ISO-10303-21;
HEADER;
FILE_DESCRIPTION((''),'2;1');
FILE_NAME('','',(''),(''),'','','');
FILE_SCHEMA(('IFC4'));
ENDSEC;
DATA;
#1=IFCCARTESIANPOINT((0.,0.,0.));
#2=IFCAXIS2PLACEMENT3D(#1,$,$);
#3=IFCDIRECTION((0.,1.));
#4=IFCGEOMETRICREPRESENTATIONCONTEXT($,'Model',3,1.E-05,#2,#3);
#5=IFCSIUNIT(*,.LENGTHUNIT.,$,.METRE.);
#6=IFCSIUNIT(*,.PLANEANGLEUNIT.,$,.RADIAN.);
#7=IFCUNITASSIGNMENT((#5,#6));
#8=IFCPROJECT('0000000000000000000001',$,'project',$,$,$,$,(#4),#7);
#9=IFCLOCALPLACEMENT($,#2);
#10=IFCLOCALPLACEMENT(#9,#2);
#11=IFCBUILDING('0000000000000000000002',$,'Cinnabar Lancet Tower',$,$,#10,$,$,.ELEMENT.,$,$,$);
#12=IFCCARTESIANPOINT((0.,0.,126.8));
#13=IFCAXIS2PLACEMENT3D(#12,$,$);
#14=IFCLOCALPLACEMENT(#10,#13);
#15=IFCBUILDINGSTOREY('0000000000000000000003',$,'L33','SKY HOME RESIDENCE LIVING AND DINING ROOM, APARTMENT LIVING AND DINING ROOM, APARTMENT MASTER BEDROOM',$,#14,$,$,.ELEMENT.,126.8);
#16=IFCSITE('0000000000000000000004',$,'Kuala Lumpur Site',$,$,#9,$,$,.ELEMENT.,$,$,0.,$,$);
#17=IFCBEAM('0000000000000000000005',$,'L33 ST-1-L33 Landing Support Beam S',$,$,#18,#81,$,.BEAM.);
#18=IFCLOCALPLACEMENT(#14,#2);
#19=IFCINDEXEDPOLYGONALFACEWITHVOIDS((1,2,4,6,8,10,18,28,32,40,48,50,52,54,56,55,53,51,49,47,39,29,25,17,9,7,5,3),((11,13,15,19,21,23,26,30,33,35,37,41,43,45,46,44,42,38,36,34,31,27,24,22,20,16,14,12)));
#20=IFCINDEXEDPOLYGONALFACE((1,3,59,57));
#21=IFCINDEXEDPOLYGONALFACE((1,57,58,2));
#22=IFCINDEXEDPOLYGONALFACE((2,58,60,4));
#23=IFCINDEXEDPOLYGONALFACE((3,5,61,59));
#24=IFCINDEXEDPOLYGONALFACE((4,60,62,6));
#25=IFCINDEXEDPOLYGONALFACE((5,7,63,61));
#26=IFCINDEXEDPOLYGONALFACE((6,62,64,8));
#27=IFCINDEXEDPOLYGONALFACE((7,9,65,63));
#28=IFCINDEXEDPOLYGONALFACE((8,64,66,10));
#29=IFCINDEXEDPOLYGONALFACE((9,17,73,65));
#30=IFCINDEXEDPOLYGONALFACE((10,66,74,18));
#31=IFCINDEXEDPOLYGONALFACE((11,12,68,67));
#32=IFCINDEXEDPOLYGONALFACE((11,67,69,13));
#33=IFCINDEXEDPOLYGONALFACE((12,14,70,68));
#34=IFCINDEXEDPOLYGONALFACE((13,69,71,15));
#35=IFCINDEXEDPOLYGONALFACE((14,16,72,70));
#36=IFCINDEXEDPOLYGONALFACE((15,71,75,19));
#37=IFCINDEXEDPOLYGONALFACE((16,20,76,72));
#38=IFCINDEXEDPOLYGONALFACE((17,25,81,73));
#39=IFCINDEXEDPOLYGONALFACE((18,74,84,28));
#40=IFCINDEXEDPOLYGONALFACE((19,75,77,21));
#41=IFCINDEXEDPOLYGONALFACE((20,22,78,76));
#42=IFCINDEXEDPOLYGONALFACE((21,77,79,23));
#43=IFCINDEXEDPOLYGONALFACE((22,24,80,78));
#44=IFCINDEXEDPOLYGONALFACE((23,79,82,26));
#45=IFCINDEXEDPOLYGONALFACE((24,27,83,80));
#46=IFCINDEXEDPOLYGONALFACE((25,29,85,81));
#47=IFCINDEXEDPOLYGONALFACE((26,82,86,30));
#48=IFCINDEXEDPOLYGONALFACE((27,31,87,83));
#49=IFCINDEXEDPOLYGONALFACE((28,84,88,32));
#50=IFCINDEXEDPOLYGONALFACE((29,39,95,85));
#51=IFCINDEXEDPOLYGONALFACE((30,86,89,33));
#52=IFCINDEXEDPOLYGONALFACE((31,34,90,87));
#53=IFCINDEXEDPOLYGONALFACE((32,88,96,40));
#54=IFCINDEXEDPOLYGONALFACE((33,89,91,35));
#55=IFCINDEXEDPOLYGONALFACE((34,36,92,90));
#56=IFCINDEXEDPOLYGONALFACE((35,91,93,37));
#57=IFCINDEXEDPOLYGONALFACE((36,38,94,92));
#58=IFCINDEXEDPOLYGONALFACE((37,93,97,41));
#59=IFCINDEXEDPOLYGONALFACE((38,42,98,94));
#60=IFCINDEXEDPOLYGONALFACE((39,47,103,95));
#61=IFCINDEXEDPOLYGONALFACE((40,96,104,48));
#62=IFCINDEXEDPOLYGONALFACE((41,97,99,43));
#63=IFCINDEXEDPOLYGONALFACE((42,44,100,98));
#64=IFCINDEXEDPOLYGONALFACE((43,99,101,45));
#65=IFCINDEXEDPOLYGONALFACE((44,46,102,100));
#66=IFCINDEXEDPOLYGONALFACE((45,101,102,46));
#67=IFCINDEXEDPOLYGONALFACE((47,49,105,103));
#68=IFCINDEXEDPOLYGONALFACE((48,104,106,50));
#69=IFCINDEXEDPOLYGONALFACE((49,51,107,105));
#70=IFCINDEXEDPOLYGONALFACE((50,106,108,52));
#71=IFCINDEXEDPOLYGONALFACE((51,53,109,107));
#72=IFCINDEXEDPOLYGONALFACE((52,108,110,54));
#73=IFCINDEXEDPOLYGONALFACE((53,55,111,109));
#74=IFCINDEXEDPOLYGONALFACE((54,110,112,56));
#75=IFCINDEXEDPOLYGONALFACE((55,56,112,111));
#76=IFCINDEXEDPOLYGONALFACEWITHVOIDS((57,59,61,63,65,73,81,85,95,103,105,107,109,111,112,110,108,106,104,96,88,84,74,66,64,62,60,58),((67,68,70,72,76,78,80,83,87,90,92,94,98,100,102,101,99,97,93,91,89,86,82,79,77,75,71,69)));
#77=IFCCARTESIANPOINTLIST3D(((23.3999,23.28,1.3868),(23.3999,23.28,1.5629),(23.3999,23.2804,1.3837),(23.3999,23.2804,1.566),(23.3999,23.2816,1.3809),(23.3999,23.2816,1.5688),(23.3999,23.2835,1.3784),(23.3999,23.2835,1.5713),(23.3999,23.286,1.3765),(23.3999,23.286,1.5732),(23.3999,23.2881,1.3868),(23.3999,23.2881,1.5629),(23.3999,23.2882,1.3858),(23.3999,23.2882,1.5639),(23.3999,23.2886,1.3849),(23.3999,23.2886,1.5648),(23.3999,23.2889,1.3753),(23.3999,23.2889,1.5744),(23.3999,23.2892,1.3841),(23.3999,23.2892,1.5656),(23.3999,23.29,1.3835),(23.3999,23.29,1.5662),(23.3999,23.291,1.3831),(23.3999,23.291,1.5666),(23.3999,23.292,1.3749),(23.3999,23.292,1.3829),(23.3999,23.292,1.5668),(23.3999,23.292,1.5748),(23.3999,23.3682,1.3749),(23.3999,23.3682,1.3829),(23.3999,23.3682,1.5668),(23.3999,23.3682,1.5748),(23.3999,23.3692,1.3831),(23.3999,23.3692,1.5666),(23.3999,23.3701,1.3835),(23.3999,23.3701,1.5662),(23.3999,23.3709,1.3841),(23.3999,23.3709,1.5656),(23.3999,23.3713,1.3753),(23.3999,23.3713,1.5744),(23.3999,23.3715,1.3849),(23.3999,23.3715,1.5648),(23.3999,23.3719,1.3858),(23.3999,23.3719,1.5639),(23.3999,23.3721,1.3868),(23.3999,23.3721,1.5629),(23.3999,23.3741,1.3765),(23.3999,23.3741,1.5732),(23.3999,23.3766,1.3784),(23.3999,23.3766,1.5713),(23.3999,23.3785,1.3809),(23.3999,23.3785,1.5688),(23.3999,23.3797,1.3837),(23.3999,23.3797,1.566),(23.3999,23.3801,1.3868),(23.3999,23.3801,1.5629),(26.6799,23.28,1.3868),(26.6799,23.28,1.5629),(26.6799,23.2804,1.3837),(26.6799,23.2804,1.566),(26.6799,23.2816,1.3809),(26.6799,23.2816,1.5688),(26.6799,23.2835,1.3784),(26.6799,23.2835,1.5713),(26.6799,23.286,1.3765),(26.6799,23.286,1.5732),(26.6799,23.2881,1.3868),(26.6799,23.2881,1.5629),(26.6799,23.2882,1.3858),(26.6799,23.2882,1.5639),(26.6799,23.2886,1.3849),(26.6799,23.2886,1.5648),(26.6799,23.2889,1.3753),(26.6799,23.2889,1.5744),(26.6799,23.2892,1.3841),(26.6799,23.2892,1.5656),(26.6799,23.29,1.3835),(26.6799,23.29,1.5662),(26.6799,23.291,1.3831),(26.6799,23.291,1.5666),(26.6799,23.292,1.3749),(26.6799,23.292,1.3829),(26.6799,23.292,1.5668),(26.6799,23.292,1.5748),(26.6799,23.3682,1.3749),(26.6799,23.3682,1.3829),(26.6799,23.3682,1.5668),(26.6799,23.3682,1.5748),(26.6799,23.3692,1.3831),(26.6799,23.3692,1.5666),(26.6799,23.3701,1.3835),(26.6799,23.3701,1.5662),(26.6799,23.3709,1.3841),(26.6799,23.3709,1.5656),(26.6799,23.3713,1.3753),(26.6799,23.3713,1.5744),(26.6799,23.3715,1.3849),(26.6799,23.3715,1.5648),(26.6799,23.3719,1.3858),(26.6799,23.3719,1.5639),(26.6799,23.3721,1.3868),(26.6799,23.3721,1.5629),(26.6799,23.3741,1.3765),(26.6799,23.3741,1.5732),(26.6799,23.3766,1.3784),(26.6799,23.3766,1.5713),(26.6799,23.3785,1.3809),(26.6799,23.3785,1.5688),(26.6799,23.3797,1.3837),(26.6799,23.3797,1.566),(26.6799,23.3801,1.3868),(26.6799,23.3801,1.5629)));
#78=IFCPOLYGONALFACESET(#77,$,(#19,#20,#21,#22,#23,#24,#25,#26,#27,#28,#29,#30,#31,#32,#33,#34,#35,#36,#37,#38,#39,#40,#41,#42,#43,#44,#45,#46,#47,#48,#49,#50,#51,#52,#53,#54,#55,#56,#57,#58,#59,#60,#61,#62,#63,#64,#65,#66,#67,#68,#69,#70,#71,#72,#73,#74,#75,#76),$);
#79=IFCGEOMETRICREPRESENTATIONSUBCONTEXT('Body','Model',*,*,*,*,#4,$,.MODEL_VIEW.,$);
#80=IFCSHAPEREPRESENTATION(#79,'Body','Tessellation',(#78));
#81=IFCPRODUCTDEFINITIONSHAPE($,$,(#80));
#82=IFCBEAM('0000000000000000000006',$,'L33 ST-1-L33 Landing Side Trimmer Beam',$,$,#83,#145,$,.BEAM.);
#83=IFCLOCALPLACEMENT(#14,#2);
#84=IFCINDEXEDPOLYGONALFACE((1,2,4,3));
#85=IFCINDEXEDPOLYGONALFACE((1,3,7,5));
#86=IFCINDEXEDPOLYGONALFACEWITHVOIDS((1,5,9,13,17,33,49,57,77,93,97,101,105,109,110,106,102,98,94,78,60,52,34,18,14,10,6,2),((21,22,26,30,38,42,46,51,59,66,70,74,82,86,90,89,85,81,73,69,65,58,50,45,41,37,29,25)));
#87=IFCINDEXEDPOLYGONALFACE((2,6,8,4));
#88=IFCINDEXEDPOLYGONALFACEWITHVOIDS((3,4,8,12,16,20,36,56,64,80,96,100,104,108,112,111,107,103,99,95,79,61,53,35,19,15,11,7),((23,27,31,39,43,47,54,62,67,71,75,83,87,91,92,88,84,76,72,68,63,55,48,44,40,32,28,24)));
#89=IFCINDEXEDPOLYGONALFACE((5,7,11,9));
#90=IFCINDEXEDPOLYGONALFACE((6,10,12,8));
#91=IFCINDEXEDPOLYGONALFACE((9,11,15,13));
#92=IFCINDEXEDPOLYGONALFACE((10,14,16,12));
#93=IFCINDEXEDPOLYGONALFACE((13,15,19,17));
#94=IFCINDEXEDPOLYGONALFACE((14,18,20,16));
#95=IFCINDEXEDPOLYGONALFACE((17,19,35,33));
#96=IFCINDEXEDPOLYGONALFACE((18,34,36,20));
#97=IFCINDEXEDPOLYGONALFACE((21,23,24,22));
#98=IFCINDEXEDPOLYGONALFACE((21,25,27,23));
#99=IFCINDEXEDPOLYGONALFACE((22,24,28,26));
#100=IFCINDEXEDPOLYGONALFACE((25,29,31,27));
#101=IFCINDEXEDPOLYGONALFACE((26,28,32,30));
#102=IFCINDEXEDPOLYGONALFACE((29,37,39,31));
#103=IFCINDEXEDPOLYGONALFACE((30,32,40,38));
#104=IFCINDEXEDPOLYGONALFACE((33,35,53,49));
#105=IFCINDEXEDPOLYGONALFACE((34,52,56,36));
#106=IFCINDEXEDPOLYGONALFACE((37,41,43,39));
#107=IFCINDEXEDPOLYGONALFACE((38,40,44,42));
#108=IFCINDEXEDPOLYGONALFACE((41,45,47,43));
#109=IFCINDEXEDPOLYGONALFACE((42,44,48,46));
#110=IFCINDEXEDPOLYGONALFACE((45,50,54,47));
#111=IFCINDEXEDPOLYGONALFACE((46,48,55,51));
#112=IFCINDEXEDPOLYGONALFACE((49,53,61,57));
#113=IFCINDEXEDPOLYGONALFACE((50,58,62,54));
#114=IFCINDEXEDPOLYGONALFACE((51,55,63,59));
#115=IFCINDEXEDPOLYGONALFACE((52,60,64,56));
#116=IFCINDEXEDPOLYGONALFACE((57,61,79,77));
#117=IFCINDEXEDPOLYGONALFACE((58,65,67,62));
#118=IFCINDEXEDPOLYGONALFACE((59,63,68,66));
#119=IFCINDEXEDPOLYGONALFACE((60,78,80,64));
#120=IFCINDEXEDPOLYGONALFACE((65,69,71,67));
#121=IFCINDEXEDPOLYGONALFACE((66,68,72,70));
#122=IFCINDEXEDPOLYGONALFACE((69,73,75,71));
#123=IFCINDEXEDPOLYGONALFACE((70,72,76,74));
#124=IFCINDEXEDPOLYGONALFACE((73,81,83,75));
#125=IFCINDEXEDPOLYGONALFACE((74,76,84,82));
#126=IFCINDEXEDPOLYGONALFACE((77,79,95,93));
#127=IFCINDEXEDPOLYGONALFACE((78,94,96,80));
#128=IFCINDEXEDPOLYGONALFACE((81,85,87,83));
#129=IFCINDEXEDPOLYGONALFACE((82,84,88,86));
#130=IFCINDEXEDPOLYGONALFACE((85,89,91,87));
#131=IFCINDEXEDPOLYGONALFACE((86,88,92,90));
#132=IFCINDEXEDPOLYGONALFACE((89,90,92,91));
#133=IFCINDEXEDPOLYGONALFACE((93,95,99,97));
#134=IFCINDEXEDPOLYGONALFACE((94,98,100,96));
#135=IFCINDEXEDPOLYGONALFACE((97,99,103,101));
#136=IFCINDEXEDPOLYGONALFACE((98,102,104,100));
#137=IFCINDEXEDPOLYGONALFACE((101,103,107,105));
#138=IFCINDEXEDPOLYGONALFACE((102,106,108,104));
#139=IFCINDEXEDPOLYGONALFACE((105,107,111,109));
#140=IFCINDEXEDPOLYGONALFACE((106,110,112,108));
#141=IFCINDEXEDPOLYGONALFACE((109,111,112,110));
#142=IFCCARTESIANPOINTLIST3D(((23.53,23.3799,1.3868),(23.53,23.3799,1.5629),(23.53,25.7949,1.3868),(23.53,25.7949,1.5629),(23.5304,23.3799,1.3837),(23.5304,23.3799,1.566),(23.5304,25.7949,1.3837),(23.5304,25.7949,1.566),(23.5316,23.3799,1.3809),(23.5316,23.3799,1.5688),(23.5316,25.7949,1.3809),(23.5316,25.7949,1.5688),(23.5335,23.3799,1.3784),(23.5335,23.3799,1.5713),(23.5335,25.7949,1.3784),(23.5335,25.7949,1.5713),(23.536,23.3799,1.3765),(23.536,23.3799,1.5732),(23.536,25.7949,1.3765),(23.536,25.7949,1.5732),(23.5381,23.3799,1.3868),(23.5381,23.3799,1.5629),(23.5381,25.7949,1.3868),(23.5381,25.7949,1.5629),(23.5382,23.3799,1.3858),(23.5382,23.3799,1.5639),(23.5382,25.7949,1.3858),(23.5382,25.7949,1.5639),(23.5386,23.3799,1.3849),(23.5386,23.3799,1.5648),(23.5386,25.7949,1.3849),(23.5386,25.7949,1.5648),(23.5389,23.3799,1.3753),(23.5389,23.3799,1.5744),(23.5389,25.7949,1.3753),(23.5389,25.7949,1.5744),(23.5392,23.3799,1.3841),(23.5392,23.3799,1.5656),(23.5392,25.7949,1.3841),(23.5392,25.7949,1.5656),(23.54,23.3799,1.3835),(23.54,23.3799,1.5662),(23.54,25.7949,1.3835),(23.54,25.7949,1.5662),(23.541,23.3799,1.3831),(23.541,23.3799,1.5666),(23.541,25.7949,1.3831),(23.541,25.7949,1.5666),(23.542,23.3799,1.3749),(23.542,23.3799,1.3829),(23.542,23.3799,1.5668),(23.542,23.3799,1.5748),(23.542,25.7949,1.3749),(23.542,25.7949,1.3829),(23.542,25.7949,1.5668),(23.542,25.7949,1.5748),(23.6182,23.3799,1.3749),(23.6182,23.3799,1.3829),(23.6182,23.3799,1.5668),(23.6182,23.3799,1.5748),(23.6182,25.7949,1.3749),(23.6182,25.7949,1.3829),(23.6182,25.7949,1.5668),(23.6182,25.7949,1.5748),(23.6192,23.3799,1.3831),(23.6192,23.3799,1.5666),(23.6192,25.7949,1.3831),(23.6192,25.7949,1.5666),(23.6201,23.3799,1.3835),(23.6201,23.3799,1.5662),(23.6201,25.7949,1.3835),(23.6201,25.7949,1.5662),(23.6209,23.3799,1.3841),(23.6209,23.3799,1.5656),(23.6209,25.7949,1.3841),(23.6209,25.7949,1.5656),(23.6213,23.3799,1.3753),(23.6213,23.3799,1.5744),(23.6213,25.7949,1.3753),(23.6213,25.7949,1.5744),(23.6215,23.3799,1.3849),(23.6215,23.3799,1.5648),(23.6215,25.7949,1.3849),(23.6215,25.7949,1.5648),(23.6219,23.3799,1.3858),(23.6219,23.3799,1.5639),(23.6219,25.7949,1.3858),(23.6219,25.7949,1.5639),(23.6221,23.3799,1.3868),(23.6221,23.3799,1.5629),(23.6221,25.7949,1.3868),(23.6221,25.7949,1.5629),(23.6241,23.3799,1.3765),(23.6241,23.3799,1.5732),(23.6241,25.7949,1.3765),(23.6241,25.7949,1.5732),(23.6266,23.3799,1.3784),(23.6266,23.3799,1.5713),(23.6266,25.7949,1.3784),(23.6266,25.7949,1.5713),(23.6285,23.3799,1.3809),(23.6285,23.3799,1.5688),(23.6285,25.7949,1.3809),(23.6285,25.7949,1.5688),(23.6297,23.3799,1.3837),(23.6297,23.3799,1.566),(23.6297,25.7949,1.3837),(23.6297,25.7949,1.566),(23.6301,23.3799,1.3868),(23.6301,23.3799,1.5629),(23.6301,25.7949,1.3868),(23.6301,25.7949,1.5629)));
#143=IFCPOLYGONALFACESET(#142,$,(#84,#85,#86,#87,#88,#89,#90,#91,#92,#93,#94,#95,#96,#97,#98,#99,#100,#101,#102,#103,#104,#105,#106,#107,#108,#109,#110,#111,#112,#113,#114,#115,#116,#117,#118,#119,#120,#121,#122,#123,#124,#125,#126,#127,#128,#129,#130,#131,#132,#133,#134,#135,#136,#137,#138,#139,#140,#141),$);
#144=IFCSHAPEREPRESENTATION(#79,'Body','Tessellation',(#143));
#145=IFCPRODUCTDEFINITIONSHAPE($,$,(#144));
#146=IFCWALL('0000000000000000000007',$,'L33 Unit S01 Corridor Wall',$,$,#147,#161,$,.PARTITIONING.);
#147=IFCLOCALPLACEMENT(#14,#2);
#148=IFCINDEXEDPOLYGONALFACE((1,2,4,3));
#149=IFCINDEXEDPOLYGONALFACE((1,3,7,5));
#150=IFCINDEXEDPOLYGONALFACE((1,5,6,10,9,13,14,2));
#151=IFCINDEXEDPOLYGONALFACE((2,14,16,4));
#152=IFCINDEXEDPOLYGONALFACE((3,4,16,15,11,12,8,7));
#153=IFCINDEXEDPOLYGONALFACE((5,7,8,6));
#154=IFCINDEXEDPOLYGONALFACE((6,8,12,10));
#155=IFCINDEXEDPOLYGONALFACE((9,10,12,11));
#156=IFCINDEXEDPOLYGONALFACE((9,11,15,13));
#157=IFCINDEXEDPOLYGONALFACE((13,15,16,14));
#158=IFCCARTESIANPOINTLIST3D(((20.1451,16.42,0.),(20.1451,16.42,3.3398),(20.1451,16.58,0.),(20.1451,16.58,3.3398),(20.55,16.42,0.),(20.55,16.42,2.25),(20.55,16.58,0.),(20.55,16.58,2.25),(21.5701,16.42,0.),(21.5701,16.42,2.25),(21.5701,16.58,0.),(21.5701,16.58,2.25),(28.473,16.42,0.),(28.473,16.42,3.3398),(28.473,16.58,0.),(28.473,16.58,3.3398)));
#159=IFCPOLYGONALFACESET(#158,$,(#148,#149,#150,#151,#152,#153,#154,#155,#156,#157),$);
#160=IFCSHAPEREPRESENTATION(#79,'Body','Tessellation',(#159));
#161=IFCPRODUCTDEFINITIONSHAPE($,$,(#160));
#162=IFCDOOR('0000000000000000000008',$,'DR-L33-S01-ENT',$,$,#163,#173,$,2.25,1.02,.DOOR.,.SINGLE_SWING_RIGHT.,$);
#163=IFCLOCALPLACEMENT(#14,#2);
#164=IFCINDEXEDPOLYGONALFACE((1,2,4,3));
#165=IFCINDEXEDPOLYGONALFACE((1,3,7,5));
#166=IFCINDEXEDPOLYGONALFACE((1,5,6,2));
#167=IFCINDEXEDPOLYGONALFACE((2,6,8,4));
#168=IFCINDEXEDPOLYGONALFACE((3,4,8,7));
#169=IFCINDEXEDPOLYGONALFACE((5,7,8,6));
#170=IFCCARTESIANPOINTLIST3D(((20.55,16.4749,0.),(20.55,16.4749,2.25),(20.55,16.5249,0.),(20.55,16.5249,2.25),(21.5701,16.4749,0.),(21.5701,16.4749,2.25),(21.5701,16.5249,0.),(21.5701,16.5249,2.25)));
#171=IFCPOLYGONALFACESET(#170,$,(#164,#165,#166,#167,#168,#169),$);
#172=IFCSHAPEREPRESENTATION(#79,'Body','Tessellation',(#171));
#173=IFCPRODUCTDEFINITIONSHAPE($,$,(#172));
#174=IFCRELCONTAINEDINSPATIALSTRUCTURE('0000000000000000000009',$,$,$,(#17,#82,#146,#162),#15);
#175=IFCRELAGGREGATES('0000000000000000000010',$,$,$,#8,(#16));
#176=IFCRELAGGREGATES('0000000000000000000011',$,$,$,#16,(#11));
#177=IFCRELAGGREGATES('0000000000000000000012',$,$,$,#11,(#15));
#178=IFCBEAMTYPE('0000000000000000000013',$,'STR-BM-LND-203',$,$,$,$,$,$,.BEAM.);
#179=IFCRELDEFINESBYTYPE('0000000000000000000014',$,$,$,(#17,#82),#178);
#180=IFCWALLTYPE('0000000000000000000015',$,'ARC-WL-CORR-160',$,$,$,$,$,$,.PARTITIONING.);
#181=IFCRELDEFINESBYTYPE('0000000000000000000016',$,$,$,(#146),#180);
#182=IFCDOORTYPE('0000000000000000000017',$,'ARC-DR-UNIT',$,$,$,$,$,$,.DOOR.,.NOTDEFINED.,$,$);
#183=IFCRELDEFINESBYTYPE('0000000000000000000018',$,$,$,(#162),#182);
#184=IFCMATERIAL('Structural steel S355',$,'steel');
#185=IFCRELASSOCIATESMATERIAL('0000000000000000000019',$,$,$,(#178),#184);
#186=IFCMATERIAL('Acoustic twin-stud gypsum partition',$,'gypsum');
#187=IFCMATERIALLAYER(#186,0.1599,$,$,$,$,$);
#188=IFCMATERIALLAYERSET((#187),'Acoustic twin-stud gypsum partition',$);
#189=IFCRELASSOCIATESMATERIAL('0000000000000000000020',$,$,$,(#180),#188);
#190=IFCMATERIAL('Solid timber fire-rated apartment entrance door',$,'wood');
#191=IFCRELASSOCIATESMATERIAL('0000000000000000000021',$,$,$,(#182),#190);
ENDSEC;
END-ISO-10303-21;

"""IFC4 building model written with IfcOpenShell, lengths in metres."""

from ifc_helpers import new_model, si_unit, direction, frame, frame_2d, origin, origin_2d, place, context, subcontext, project, spatial, rectangle, hollow_rectangle, extrude, material, layer, layer_set, material_profile, profile_set, type_object, element, fill, save


model = new_model("IFC4")

# Units and contexts
model_context = context("Model", 3, precision=1e-05, world=origin(), true_north=direction((0.0, 1.0)))
body_context = subcontext(model_context, "Body", "Model", "MODEL_VIEW")
ifc_project = project(units=[si_unit("LENGTHUNIT", "METRE"), si_unit("PLANEANGLEUNIT", "RADIAN")], contexts=[model_context])

# Site, building, storey
site_placement = place(None, origin())
site = spatial("IfcSite", under=ifc_project, at=site_placement, Name="Kuala Lumpur Site", CompositionType="ELEMENT", RefElevation=0.0)
building_placement = place(site_placement, origin())
building = spatial("IfcBuilding", under=site, at=building_placement, Name="Cinnabar Lancet Tower", CompositionType="ELEMENT")
storey_placement = place(building_placement, frame((0.0, 0.0, 126.8)))
storey = spatial("IfcBuildingStorey", under=building, at=storey_placement, Name="L33", Description="SKY HOME RESIDENCE LIVING AND DINING ROOM, APARTMENT LIVING AND DINING ROOM, APARTMENT MASTER BEDROOM", CompositionType="ELEMENT", Elevation=126.8)

# Beams
ifc_material_1 = material(Name="Structural steel S355", Category="steel")
ifc_material_profile_1 = material_profile(ifc_material_1, hollow_rectangle(XDim=0.1001, YDim=0.2, WallThickness=0.0081, InnerFilletRadius=0.0039, OuterFilletRadius=0.012, at=origin_2d()), Name="RHS 200x100x8")
ifc_profile_set_1 = profile_set([ifc_material_profile_1], Name="Structural steel S355")
beam_type_1 = type_object("IfcBeamType", Name="STR-BM-LND-203", PredefinedType="BEAM", material=ifc_profile_set_1)
beam_1_placement = place(storey_placement, frame((23.3999, 23.3301, 1.4749), z_axis=(1.0, 0.0, 0.0), x_axis=(0.0, 1.0, 0.0)))
element("IfcBeam", 1, at=beam_1_placement, inside=storey, type_object=beam_type_1, Name="L33 ST-1-L33 Landing Support Beam S", PredefinedType="BEAM", context=body_context, shape_type="SweptSolid", body=[
    extrude(hollow_rectangle(XDim=0.1001, YDim=0.2, WallThickness=0.0081, InnerFilletRadius=0.0039, OuterFilletRadius=0.012, at=origin_2d()), origin(), (0.0, 0.0, 1.0), 3.28),
])
beam_2_placement = place(storey_placement, frame((23.5801, 23.3799, 1.4749), z_axis=(0.0, 1.0, 0.0), x_axis=(-1.0, 0.0, 0.0)))
element("IfcBeam", 2, at=beam_2_placement, inside=storey, type_object=beam_type_1, Name="L33 ST-1-L33 Landing Side Trimmer Beam", PredefinedType="BEAM", context=body_context, shape_type="SweptSolid", body=[
    extrude(hollow_rectangle(XDim=0.1001, YDim=0.2, WallThickness=0.0081, InnerFilletRadius=0.0039, OuterFilletRadius=0.012, at=origin_2d()), origin(), (0.0, 0.0, 1.0), 2.415),
])

# Wall, opening, door
ifc_material_2 = material(Name="Acoustic twin-stud gypsum partition", Category="gypsum")
ifc_layer_1 = layer(ifc_material_2, 0.1599)
ifc_layer_set_1 = layer_set([ifc_layer_1], Name="Acoustic twin-stud gypsum partition")
wall_type_1 = type_object("IfcWallType", Name="ARC-WL-CORR-160", PredefinedType="PARTITIONING", material=ifc_layer_set_1)
wall_1_placement = place(storey_placement, frame((20.145, 16.5, 0.0), z_axis=(0.0, 0.0, 1.0), x_axis=(1.0, 0.0, 0.0)))
wall_1 = element("IfcWall", 3, at=wall_1_placement, inside=storey, type_object=wall_type_1, Name="L33 Unit S01 Corridor Wall", PredefinedType="PARTITIONING", context=body_context, shape_type="SweptSolid", body=[
    extrude(rectangle(XDim=8.3279, YDim=0.1599, at=frame_2d((4.1641, 0.0))), origin(), (0.0, 0.0, 1.0), 3.3398),
])
opening_1_placement = place(wall_1_placement, frame((0.405, 0.0, 0.0)))
opening_1 = element("IfcOpeningElement", 4, at=opening_1_placement, cuts=wall_1, PredefinedType="OPENING", context=body_context, shape_type="SweptSolid", body=[
    extrude(rectangle(XDim=1.02, YDim=2.25, at=frame_2d((0.51, 1.125))), frame((0.0, 0.0898, 0.0), z_axis=(0.0, -1.0, 0.0), x_axis=(1.0, 0.0, 0.0)), (0.0, 0.0, 1.0), 0.1799),
])
ifc_material_3 = material(Name="Solid timber fire-rated apartment entrance door", Category="wood")
door_type_1 = type_object("IfcDoorType", Name="ARC-DR-UNIT", OperationType="NOTDEFINED", PredefinedType="DOOR", material=ifc_material_3)
door_1_placement = place(opening_1_placement, origin())
door_1 = element("IfcDoor", 5, at=door_1_placement, inside=storey, type_object=door_type_1, Name="DR-L33-S01-ENT", OperationType="SINGLE_SWING_RIGHT", OverallHeight=2.25, OverallWidth=1.02, PredefinedType="DOOR", context=body_context, shape_type="SweptSolid", body=[
    extrude(rectangle(XDim=1.02, YDim=2.25, at=frame_2d((0.51, 1.125))), frame((0.0, 0.0249, 0.0), z_axis=(0.0, -1.0, 0.0), x_axis=(1.0, 0.0, 0.0)), (0.0, 0.0, 1.0), 0.05),
])
fill(opening_1, door_1)

save(model, "model.ifc")
